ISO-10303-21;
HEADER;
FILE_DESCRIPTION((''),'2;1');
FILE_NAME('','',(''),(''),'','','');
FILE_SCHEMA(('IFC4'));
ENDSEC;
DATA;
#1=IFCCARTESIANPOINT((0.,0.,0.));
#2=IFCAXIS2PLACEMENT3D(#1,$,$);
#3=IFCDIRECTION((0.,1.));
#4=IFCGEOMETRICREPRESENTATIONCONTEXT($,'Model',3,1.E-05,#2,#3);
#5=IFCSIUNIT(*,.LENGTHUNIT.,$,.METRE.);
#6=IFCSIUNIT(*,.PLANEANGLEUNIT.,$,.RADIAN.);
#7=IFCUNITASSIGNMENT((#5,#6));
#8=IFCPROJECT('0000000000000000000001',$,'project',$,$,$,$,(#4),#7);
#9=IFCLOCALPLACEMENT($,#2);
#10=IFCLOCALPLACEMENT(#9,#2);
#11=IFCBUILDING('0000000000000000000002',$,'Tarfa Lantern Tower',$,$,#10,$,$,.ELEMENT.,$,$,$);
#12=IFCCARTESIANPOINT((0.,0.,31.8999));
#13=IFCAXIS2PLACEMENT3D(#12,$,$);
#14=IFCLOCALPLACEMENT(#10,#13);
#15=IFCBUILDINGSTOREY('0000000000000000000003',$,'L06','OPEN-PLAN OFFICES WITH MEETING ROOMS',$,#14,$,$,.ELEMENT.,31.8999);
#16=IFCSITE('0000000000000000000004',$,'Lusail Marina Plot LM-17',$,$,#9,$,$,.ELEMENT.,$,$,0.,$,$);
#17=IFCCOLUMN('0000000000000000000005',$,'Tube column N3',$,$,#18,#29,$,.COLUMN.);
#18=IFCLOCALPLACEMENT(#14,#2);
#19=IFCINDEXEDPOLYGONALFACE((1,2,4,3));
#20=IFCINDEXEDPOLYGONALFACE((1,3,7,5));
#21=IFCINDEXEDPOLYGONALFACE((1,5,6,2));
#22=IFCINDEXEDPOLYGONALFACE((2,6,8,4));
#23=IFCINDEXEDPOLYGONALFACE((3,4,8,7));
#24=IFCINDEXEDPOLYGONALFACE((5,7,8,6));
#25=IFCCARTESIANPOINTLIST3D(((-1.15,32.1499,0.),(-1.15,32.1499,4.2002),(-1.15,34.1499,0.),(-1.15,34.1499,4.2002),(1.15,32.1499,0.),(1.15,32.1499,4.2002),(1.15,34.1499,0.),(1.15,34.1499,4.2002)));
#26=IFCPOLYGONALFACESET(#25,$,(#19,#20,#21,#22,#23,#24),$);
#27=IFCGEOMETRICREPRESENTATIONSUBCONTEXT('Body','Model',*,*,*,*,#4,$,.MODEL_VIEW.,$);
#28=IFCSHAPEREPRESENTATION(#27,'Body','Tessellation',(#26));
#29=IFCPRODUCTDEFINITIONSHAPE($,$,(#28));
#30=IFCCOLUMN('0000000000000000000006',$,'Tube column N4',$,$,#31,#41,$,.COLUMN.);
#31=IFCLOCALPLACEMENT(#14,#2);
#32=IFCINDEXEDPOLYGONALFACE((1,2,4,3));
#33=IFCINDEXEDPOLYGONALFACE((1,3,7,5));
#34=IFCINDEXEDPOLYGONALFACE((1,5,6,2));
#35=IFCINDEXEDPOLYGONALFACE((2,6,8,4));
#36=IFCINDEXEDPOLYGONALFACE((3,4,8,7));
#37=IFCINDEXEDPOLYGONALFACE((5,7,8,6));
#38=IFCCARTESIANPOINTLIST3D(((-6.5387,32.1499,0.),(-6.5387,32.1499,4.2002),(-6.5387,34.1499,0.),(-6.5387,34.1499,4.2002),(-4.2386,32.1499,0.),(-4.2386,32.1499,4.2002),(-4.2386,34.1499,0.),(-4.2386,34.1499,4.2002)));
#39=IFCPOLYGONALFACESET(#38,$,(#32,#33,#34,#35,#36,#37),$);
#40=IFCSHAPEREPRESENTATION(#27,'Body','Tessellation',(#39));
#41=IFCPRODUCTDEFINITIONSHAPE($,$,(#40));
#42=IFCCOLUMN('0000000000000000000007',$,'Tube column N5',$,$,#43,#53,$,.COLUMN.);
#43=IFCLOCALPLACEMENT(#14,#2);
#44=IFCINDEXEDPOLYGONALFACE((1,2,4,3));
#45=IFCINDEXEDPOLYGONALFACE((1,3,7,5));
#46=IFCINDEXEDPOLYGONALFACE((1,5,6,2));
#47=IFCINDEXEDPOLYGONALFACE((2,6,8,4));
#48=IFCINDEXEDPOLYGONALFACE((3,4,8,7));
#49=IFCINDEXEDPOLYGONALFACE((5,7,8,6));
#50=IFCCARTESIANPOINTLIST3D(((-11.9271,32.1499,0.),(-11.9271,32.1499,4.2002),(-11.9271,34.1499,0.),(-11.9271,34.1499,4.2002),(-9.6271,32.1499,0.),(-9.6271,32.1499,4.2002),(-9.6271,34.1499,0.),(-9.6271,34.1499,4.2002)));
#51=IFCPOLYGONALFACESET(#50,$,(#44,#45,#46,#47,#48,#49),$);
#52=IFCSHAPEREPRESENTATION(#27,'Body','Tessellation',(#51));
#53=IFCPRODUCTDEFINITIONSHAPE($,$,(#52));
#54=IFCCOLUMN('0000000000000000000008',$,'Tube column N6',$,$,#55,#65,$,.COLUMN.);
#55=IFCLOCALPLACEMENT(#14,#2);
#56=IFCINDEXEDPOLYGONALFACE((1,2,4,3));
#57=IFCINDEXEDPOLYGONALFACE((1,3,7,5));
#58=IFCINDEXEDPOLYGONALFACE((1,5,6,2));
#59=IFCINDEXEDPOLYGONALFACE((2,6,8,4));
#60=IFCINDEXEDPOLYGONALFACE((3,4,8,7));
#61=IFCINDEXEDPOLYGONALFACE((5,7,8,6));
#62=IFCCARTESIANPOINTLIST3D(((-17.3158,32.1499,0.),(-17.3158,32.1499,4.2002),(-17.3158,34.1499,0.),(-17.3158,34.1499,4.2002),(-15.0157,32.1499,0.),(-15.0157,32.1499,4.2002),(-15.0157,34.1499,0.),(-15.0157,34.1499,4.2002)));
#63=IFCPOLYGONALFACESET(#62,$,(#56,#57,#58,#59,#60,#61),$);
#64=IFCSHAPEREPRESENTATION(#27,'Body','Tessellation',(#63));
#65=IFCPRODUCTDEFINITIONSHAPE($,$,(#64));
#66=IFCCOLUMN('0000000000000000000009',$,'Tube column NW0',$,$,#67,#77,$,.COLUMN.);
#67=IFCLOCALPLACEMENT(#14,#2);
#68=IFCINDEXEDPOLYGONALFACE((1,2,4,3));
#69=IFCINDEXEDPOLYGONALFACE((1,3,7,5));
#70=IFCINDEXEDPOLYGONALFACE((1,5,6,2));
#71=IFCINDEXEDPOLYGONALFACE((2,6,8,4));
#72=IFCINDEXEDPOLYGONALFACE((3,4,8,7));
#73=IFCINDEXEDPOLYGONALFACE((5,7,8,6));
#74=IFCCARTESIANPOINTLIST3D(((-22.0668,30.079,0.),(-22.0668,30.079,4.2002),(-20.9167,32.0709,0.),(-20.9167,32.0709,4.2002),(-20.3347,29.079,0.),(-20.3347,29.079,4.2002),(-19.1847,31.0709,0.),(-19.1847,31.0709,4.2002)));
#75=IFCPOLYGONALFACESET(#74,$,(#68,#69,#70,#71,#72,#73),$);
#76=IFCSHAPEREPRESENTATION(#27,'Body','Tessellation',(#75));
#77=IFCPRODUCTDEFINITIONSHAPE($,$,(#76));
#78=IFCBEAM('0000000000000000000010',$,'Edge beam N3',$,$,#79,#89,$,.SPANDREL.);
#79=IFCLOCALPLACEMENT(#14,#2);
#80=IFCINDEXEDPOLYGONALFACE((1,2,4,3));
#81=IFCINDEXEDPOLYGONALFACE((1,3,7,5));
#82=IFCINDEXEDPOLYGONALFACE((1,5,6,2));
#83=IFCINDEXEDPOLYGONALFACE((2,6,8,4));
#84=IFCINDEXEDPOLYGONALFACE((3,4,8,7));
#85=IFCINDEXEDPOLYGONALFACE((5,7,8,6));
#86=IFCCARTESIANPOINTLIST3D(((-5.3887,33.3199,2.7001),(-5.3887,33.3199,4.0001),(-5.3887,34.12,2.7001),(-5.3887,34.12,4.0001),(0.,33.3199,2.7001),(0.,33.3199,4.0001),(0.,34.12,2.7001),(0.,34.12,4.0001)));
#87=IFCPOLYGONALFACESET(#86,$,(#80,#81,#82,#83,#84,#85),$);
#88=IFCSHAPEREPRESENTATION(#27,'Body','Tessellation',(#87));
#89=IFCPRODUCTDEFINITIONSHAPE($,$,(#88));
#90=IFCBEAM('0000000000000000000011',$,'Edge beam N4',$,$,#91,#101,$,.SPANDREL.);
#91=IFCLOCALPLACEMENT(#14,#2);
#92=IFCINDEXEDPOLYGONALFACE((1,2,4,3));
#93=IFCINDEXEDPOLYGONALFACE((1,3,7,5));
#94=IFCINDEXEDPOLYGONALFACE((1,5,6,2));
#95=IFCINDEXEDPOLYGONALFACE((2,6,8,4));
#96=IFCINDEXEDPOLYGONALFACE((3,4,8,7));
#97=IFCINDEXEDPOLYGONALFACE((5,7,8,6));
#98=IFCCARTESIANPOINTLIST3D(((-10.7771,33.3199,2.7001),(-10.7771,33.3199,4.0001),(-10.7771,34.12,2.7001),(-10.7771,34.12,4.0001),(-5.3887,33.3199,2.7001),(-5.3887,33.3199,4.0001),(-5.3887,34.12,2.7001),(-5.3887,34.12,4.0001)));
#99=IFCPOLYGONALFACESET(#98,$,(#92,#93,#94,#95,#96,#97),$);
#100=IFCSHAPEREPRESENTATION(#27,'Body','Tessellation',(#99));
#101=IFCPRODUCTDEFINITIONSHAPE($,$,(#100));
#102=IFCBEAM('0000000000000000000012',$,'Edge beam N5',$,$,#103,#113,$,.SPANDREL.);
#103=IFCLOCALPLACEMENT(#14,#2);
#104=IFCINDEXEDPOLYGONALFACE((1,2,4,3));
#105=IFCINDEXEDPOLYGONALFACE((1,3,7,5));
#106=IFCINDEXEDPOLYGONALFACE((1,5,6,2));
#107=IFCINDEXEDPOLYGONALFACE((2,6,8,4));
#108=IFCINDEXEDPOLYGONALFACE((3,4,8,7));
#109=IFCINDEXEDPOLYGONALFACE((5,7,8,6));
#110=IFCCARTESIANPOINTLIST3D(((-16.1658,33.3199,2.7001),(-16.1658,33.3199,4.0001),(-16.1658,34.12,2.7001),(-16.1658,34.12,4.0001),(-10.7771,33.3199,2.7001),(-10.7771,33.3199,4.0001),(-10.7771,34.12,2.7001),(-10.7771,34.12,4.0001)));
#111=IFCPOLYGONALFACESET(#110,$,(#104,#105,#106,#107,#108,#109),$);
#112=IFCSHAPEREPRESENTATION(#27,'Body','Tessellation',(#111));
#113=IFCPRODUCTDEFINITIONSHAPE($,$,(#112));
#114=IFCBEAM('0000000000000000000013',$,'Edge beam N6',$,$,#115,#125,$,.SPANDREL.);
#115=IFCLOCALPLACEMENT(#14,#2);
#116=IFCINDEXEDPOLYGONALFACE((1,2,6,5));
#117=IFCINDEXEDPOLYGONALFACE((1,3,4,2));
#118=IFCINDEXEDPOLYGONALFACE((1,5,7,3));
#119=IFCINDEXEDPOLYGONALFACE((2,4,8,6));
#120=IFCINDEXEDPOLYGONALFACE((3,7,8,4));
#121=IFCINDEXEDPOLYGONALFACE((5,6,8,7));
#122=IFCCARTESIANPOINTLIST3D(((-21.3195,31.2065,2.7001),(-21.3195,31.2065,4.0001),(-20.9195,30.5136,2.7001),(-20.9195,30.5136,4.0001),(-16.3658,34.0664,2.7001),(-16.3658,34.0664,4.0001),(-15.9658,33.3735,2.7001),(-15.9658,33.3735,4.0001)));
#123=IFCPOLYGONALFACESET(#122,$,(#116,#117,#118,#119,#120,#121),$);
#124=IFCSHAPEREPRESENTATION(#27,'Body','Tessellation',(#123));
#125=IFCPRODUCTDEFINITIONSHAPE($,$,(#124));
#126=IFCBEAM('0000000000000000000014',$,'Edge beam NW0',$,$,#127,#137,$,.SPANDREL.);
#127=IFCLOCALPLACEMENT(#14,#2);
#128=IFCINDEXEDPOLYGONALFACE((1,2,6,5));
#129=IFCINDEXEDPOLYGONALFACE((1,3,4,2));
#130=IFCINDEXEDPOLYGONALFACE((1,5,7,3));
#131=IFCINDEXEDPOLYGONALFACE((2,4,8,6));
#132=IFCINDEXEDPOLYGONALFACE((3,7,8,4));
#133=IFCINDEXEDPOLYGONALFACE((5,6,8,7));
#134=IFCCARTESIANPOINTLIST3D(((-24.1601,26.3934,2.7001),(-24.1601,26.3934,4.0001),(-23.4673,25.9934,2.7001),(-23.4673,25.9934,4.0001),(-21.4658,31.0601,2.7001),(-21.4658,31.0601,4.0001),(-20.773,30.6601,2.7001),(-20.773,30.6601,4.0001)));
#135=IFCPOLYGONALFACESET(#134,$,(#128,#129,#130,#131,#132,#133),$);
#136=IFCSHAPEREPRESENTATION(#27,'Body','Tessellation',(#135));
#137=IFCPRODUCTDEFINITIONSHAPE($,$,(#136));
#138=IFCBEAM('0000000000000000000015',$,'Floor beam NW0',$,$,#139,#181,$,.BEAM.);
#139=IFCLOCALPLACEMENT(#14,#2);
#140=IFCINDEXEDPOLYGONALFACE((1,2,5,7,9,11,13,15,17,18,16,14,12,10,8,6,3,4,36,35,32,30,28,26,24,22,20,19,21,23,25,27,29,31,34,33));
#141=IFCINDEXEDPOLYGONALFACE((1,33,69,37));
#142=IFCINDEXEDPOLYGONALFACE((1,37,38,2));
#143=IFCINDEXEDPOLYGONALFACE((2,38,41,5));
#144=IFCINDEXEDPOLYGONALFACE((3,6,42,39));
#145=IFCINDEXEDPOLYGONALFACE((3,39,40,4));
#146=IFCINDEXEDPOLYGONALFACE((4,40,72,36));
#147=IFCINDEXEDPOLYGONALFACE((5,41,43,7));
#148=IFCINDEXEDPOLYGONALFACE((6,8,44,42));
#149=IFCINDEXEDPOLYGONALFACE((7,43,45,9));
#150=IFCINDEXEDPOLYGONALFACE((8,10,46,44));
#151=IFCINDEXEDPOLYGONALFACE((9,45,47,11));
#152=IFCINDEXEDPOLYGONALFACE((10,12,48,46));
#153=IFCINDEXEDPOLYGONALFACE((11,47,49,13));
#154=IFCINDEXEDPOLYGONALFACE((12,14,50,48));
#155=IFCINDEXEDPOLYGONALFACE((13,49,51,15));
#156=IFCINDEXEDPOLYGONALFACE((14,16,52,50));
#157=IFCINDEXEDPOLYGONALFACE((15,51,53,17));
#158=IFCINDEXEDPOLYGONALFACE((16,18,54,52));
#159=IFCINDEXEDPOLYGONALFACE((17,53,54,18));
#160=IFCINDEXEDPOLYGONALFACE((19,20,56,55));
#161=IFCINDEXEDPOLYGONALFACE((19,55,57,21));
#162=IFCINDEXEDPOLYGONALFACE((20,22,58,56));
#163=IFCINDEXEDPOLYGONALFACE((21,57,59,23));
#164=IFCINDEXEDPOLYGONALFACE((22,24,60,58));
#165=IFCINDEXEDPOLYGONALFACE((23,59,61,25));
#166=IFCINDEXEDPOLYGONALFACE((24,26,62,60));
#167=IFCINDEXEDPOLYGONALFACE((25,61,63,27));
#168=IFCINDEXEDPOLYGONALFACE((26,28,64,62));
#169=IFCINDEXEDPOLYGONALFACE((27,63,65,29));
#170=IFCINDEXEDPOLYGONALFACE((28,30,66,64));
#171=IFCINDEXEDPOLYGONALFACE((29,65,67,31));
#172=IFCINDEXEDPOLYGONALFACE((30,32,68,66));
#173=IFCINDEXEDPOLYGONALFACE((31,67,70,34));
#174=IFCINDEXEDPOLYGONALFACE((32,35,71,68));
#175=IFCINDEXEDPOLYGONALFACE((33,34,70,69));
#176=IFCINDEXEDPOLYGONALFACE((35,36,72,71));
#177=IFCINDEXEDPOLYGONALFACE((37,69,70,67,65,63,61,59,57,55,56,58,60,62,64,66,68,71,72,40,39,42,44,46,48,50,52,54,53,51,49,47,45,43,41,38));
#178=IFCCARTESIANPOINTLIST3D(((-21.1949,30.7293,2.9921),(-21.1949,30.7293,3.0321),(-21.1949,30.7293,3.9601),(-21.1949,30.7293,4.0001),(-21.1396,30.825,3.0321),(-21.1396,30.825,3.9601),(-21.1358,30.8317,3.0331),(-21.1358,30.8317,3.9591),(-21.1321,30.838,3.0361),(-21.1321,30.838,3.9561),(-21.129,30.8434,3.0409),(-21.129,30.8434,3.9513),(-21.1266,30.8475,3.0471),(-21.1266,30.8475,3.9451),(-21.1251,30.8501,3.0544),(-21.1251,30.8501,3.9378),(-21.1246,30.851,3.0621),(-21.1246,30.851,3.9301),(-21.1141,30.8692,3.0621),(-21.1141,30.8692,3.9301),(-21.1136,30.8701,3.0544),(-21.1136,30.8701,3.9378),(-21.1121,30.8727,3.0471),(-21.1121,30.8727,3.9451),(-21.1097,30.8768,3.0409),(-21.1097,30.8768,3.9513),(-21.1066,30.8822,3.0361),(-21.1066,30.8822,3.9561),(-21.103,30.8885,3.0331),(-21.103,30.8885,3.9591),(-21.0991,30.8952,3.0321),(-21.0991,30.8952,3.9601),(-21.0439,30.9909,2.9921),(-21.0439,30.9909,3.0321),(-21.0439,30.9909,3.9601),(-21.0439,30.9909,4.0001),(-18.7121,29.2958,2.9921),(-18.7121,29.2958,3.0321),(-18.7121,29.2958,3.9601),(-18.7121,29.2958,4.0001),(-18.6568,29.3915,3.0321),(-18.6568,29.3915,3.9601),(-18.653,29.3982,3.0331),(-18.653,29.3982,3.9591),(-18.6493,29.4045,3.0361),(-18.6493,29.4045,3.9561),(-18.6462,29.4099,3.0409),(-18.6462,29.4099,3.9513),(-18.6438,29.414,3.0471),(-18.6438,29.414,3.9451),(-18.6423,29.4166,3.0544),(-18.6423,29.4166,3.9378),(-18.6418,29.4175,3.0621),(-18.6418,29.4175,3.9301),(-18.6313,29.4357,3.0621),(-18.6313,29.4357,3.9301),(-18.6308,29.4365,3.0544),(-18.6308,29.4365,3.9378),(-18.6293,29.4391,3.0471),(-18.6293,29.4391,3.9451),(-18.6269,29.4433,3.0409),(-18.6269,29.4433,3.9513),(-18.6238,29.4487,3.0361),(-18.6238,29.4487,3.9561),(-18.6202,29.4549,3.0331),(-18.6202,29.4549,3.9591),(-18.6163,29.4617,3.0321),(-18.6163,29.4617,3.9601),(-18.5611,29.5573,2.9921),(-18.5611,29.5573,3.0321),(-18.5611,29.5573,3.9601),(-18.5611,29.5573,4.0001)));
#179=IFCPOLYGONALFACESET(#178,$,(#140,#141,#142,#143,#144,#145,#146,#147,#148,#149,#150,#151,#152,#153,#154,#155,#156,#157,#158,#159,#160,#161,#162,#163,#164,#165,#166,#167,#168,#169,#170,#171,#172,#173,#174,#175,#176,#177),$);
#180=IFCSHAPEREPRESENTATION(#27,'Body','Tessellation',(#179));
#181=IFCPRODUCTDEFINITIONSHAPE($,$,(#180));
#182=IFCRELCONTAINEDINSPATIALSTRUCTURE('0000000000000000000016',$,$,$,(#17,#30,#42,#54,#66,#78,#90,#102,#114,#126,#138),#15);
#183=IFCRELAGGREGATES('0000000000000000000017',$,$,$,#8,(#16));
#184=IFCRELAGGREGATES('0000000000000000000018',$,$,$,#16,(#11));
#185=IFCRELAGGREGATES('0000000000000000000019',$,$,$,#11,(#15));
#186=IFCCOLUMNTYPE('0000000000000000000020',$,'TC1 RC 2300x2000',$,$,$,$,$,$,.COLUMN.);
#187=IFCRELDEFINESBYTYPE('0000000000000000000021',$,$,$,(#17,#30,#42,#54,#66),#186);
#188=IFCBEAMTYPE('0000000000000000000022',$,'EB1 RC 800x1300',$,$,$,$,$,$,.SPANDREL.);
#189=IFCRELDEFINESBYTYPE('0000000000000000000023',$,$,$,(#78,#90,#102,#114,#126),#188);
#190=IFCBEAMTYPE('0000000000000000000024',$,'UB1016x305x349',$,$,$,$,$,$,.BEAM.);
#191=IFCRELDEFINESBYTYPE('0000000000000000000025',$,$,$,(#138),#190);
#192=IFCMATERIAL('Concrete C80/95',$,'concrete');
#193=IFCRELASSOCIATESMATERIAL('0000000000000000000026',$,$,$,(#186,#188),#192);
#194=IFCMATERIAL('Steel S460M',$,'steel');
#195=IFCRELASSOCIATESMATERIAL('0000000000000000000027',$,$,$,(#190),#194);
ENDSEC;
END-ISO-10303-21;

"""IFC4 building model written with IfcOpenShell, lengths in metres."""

from ifc_helpers import new_model, si_unit, direction, frame, origin, origin_2d, place, context, subcontext, project, spatial, rectangle, i_section, extrude, material, material_profile, profile_set, type_object, element, save


model = new_model("IFC4")

# Units and contexts
model_context = context("Model", 3, precision=1e-05, world=origin(), true_north=direction((0.0, 1.0)))
body_context = subcontext(model_context, "Body", "Model", "MODEL_VIEW")
ifc_project = project(units=[si_unit("LENGTHUNIT", "METRE"), si_unit("PLANEANGLEUNIT", "RADIAN")], contexts=[model_context])

# Site, building, storey
site_placement = place(None, origin())
site = spatial("IfcSite", under=ifc_project, at=site_placement, Name="Lusail Marina Plot LM-17", CompositionType="ELEMENT", RefElevation=0.0)
building_placement = place(site_placement, origin())
building = spatial("IfcBuilding", under=site, at=building_placement, Name="Tarfa Lantern Tower", CompositionType="ELEMENT")
storey_placement = place(building_placement, frame((0.0, 0.0, 31.8999)))
storey = spatial("IfcBuildingStorey", under=building, at=storey_placement, Name="L06", Description="OPEN-PLAN OFFICES WITH MEETING ROOMS", CompositionType="ELEMENT", Elevation=31.8999)

# Columns
ifc_material_1 = material(Name="Concrete C80/95", Category="concrete")
ifc_material_profile_1 = material_profile(ifc_material_1, rectangle(XDim=2.3, YDim=2.0, at=origin_2d()), Name="RC 2300x2000")
ifc_profile_set_1 = profile_set([ifc_material_profile_1], Name="Concrete C80/95")
column_type = type_object("IfcColumnType", Name="TC1 RC 2300x2000", PredefinedType="COLUMN", material=ifc_profile_set_1)
for number, where, z_axis, x_axis, name in (
    (1, (0.0, 33.1499, 0.0), (0.0, 0.0, 1.0), (-1.0, 0.0, 0.0), "Tube column N3"),
    (2, (-5.3887, 33.1499, 0.0), (0.0, 0.0, 1.0), (-1.0, 0.0, 0.0), "Tube column N4"),
    (3, (-10.7771, 33.1499, 0.0), (0.0, 0.0, 1.0), (-1.0, 0.0, 0.0), "Tube column N5"),
    (4, (-16.1658, 33.1499, 0.0), (0.0, 0.0, 1.0), (-1.0, 0.0, 0.0), "Tube column N6"),
    (5, (-20.6257, 30.575, 0.0), (0.0, 0.0, 1.0), (-0.5, -0.866025, 0.0), "Tube column NW0"),
):
    element("IfcColumn", number, at=place(storey_placement, frame(where, z_axis=z_axis, x_axis=x_axis)), inside=storey, type_object=column_type, Name=name, PredefinedType="COLUMN", context=body_context, shape_type="SweptSolid", body=[
        extrude(rectangle(XDim=2.3, YDim=2.0, at=origin_2d()), origin(), (0.0, 0.0, 1.0), 4.2002),
    ])

# Beams
ifc_material_profile_2 = material_profile(ifc_material_1, rectangle(XDim=0.8, YDim=1.3, at=origin_2d()), Name="RC 800x1300")
ifc_profile_set_2 = profile_set([ifc_material_profile_2], Name="Concrete C80/95")
beam_type_1 = type_object("IfcBeamType", Name="EB1 RC 800x1300", PredefinedType="SPANDREL", material=ifc_profile_set_2)
beam_1_placement = place(storey_placement, frame((0.0, 33.72, 3.3501), z_axis=(-1.0, 0.0, 0.0), x_axis=(0.0, -1.0, 0.0)))
element("IfcBeam", 6, at=beam_1_placement, inside=storey, type_object=beam_type_1, Name="Edge beam N3", PredefinedType="SPANDREL", context=body_context, shape_type="SweptSolid", body=[
    extrude(rectangle(XDim=0.8, YDim=1.3, at=origin_2d()), origin(), (0.0, 0.0, 1.0), 5.3887),
])
beam_2_placement = place(storey_placement, frame((-5.3887, 33.72, 3.3501), z_axis=(-1.0, 0.0, 0.0), x_axis=(0.0, -1.0, 0.0)))
element("IfcBeam", 7, at=beam_2_placement, inside=storey, type_object=beam_type_1, Name="Edge beam N4", PredefinedType="SPANDREL", context=body_context, shape_type="SweptSolid", body=[
    extrude(rectangle(XDim=0.8, YDim=1.3, at=origin_2d()), origin(), (0.0, 0.0, 1.0), 5.3884),
])
beam_3_placement = place(storey_placement, frame((-10.7771, 33.72, 3.3501), z_axis=(-1.0, 0.0, 0.0), x_axis=(0.0, -1.0, 0.0)))
element("IfcBeam", 8, at=beam_3_placement, inside=storey, type_object=beam_type_1, Name="Edge beam N5", PredefinedType="SPANDREL", context=body_context, shape_type="SweptSolid", body=[
    extrude(rectangle(XDim=0.8, YDim=1.3, at=origin_2d()), origin(), (0.0, 0.0, 1.0), 5.3887),
])
beam_4_placement = place(storey_placement, frame((-16.1658, 33.72, 3.3501), z_axis=(-0.866033, -0.499986, 0.0), x_axis=(0.499986, -0.866033, 0.0)))
element("IfcBeam", 9, at=beam_4_placement, inside=storey, type_object=beam_type_1, Name="Edge beam N6", PredefinedType="SPANDREL", context=body_context, shape_type="SweptSolid", body=[
    extrude(rectangle(XDim=0.8, YDim=1.3, at=origin_2d()), origin(), (0.0, 0.0, 1.0), 5.72),
])
beam_5_placement = place(storey_placement, frame((-21.1194, 30.8601, 3.3501), z_axis=(-0.499998, -0.866026, 0.0), x_axis=(0.866026, -0.499998, 0.0)))
element("IfcBeam", 10, at=beam_5_placement, inside=storey, type_object=beam_type_1, Name="Edge beam NW0", PredefinedType="SPANDREL", context=body_context, shape_type="SweptSolid", body=[
    extrude(rectangle(XDim=0.8, YDim=1.3, at=origin_2d()), origin(), (0.0, 0.0, 1.0), 5.3887),
])
ifc_material_2 = material(Name="Steel S460M", Category="steel")
ifc_material_profile_3 = material_profile(ifc_material_2, i_section(OverallWidth=0.302, OverallDepth=1.0081, WebThickness=0.021, FlangeThickness=0.04, FilletRadius=0.03, at=origin_2d()), Name="UB1016x305x349")
ifc_profile_set_3 = profile_set([ifc_material_profile_3], Name="Steel S460M")
beam_type_2 = type_object("IfcBeamType", Name="UB1016x305x349", PredefinedType="BEAM", material=ifc_profile_set_3)
beam_6_placement = place(storey_placement, frame((-21.1194, 30.8601, 3.4961), z_axis=(0.866013, -0.500022, 0.0), x_axis=(0.500022, 0.866013, 0.0)))
element("IfcBeam", 11, at=beam_6_placement, inside=storey, type_object=beam_type_2, Name="Floor beam NW0", PredefinedType="BEAM", context=body_context, shape_type="SweptSolid", body=[
    extrude(i_section(OverallWidth=0.302, OverallDepth=1.0081, WebThickness=0.021, FlangeThickness=0.04, FilletRadius=0.03, at=origin_2d()), origin(), (0.0, 0.0, 1.0), 2.8669),
])

save(model, "model.ifc")
